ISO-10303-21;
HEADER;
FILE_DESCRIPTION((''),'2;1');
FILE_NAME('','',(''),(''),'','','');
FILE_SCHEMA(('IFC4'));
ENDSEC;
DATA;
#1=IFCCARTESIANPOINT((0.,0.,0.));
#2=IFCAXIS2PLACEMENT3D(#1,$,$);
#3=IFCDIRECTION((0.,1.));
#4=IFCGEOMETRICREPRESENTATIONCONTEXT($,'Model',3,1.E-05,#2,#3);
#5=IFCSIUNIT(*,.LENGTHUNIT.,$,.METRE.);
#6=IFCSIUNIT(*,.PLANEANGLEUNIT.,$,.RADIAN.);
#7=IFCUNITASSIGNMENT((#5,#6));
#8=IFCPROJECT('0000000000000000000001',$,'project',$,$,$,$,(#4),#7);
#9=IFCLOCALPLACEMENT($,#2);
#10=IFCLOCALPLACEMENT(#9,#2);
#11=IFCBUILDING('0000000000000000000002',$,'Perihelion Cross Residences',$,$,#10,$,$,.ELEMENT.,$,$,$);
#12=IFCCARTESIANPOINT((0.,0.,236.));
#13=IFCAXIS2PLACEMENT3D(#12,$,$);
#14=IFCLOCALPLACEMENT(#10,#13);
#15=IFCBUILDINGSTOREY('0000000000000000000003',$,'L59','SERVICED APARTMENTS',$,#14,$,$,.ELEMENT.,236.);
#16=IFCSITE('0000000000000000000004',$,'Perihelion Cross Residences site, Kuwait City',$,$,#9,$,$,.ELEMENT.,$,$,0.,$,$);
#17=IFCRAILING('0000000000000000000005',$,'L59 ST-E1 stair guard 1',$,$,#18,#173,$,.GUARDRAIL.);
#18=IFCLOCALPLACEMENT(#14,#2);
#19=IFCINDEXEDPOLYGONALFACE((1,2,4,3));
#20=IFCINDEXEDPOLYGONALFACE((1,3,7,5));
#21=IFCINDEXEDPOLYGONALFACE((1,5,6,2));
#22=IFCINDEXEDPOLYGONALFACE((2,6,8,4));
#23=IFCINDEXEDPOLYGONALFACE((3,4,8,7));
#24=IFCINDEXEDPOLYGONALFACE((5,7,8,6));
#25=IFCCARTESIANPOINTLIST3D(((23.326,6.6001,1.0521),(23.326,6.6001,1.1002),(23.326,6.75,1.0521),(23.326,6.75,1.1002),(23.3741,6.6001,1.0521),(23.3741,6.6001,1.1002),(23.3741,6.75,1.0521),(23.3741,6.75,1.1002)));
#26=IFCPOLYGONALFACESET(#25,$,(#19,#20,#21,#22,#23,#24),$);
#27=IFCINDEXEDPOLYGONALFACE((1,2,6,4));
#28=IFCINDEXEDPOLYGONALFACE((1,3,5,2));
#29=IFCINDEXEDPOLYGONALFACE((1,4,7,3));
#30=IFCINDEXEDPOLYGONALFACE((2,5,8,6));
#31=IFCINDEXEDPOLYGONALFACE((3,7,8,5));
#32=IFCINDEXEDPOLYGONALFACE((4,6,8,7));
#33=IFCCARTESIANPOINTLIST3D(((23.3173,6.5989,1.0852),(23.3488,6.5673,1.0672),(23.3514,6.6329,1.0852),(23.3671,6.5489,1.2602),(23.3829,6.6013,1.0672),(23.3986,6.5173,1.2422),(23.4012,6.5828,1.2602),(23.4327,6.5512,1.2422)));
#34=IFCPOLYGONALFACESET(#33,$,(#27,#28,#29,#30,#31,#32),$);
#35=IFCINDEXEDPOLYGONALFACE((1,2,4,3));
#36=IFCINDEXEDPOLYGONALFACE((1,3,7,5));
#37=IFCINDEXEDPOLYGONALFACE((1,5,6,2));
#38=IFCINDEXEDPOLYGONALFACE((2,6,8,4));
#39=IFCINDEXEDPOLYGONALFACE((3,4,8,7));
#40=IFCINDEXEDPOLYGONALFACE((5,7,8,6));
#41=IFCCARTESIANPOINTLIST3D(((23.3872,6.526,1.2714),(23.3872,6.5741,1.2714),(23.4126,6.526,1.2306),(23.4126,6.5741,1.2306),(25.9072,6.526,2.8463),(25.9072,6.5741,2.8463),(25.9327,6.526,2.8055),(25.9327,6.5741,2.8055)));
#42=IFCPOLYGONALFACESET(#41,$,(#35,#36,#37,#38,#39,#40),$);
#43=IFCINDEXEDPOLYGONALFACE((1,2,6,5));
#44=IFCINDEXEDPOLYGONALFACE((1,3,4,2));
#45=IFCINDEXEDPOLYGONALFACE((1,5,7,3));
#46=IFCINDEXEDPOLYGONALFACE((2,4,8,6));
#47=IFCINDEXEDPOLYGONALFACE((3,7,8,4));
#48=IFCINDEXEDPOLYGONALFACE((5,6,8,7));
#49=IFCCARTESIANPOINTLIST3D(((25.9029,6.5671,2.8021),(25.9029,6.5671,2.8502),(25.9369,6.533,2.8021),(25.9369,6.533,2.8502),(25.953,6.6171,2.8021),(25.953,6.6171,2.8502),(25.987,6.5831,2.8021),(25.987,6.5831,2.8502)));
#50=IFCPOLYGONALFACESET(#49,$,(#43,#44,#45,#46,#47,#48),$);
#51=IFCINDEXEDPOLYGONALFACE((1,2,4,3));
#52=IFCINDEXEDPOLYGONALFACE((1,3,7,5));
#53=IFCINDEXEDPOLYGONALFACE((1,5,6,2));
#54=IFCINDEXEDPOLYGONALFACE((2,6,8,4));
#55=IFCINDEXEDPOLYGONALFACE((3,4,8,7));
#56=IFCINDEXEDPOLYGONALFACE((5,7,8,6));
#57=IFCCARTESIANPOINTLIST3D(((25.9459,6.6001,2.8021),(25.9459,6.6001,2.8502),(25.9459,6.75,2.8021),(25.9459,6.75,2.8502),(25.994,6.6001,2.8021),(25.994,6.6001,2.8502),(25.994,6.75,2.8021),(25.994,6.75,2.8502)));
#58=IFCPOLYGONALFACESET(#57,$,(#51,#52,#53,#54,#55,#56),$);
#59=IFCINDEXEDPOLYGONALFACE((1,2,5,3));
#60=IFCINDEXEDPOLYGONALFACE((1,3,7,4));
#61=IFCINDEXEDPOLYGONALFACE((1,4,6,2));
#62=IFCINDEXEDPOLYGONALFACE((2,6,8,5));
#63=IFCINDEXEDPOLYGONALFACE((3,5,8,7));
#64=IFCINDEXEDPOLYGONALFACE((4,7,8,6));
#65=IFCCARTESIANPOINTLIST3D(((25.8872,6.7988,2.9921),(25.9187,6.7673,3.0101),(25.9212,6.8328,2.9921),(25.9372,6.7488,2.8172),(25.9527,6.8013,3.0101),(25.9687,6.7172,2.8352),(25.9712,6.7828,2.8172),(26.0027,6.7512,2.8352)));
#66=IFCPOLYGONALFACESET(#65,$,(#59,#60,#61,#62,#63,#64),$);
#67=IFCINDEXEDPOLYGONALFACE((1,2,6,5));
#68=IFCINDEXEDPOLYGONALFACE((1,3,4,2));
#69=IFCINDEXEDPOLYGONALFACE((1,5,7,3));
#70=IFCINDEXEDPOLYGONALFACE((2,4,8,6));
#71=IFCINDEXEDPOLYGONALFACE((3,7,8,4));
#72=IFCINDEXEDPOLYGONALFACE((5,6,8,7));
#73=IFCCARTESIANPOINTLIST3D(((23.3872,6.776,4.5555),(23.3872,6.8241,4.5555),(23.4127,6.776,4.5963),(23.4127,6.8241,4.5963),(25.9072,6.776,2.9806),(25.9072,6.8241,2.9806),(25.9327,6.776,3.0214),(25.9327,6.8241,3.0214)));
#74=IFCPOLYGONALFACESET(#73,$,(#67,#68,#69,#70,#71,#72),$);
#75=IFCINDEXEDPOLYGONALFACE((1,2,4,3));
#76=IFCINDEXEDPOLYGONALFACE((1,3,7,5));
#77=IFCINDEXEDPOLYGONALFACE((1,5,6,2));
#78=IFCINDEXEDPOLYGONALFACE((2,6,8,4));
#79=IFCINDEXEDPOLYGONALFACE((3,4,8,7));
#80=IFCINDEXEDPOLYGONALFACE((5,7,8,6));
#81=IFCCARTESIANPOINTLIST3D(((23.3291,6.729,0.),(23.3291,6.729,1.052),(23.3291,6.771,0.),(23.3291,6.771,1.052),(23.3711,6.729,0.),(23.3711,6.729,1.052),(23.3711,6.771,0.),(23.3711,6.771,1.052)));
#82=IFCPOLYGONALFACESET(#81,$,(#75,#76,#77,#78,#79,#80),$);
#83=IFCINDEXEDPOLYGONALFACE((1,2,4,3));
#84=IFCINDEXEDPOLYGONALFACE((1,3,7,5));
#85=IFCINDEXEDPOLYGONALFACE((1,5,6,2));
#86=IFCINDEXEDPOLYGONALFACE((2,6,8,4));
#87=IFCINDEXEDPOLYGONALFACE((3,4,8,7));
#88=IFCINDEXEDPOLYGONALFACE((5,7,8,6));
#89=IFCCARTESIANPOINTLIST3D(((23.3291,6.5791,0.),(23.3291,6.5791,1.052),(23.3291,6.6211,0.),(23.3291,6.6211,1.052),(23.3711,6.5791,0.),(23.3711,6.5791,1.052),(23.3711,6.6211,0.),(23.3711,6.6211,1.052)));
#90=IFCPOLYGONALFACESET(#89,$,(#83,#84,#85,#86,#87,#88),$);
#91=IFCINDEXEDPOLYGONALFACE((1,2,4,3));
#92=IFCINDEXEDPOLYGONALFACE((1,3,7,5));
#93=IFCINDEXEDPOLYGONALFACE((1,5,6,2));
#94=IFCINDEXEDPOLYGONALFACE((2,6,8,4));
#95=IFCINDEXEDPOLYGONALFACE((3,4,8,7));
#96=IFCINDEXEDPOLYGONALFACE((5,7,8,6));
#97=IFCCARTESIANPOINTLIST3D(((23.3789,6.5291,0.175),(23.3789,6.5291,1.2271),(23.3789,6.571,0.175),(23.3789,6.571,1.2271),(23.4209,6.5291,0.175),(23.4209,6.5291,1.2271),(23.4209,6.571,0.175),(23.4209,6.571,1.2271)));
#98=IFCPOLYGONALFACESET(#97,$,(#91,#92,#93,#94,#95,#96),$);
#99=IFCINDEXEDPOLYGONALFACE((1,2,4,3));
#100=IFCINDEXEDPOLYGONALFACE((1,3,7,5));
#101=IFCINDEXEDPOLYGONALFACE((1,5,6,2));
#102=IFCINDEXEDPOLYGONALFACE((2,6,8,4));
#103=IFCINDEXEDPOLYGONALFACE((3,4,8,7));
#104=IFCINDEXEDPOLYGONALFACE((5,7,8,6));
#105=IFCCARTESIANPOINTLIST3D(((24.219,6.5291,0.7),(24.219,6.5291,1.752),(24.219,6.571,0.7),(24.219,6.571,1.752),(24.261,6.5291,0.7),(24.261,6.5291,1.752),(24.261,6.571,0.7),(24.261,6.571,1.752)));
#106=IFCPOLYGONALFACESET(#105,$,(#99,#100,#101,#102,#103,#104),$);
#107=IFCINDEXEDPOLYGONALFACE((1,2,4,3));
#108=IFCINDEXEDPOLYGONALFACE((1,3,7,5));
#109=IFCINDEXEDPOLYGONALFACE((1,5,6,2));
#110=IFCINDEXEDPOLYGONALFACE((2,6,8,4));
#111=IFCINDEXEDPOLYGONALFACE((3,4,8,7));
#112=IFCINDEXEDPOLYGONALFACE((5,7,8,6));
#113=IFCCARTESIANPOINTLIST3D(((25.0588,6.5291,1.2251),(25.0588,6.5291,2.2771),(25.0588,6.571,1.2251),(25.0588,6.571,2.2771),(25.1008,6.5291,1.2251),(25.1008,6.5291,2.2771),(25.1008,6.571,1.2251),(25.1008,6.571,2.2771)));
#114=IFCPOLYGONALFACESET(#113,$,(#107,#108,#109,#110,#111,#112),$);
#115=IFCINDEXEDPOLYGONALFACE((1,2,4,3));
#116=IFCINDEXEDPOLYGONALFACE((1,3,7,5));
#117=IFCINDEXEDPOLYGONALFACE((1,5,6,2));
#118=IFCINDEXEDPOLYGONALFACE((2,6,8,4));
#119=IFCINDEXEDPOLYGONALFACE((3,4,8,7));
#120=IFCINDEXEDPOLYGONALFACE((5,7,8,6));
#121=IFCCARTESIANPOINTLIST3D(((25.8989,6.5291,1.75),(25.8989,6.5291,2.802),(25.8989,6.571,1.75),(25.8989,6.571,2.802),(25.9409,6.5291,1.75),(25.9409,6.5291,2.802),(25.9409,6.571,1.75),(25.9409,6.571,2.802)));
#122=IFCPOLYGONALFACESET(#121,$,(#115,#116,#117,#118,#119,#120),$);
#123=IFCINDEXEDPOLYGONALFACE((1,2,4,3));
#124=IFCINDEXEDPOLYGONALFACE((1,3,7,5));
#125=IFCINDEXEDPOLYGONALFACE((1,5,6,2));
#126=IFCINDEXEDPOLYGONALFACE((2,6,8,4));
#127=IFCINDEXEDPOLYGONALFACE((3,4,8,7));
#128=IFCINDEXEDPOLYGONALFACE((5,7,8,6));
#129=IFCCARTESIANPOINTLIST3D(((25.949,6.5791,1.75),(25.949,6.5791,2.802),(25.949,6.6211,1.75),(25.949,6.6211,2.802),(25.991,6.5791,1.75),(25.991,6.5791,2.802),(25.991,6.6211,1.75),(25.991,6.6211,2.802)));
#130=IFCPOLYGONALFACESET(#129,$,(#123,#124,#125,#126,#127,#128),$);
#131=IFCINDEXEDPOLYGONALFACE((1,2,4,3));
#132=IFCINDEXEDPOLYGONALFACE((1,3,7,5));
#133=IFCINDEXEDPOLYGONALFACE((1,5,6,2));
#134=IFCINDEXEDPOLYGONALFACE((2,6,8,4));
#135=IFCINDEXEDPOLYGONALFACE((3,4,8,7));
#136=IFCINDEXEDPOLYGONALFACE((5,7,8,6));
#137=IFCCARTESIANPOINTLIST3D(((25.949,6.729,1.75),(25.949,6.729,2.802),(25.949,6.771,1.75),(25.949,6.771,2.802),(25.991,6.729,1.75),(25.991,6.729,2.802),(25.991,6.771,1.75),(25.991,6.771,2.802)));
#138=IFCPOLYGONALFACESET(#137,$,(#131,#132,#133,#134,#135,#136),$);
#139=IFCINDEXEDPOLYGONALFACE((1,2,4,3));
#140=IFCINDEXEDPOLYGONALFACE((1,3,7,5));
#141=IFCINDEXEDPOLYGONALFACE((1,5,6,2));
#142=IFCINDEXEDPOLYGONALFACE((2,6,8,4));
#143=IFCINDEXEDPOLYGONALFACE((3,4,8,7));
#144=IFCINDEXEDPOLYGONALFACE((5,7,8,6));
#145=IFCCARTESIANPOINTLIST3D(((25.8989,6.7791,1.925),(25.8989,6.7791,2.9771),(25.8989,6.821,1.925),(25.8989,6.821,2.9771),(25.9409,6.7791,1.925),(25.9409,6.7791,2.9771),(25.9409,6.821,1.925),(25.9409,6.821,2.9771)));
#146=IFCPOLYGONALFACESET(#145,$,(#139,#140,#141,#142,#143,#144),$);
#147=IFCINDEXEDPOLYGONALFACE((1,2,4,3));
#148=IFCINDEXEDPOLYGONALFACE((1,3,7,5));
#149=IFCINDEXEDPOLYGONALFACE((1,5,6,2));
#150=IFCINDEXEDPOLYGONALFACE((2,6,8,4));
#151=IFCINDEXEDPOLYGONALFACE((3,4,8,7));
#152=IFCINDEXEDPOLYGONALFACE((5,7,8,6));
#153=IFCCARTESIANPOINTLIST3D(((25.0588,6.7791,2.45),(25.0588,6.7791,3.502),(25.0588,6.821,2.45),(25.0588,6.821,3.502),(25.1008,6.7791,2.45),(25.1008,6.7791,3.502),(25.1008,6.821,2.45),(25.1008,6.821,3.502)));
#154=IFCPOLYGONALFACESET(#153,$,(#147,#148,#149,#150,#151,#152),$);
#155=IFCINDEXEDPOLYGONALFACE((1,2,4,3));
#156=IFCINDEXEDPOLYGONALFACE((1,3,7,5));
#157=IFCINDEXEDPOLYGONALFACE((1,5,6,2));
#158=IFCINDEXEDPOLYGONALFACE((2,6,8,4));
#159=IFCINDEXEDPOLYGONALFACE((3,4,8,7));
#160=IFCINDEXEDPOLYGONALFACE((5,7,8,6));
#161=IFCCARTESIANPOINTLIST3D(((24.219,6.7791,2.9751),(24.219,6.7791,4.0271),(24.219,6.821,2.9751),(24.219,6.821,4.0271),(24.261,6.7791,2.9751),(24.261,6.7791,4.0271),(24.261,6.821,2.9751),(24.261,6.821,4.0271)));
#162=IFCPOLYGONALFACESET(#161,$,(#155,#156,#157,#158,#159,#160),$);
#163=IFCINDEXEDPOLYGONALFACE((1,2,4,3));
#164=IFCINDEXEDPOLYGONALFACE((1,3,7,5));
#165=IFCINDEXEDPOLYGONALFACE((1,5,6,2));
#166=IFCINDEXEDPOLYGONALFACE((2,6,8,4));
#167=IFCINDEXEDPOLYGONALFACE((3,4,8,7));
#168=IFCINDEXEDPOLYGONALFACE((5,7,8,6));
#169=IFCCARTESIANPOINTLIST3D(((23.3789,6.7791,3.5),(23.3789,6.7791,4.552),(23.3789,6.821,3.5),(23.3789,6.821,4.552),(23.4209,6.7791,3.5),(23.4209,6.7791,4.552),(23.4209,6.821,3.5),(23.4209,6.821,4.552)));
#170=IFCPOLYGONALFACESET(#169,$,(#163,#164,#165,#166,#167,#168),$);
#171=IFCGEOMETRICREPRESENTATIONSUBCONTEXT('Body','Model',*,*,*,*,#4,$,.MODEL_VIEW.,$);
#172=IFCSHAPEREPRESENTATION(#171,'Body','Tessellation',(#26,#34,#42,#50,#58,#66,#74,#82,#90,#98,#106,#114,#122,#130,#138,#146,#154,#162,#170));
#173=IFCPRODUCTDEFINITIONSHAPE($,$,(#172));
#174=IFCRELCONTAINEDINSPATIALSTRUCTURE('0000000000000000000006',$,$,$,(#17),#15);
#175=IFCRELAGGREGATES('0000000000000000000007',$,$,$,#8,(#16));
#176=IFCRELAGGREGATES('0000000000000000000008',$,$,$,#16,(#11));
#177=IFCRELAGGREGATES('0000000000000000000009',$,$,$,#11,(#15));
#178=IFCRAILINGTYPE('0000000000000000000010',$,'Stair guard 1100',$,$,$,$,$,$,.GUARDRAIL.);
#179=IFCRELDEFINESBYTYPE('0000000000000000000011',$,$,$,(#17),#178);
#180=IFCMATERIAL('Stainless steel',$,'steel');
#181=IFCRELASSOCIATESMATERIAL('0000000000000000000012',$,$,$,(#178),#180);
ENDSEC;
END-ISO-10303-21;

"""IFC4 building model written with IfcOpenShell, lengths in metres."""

from ifc_helpers import new_model, si_unit, direction, frame, origin, origin_2d, place, context, subcontext, project, spatial, rectangle, extrude, material, type_object, element, save


model = new_model("IFC4")

# Units and contexts
model_context = context("Model", 3, precision=1e-05, world=origin(), true_north=direction((0.0, 1.0)))
body_context = subcontext(model_context, "Body", "Model", "MODEL_VIEW")
ifc_project = project(units=[si_unit("LENGTHUNIT", "METRE"), si_unit("PLANEANGLEUNIT", "RADIAN")], contexts=[model_context])

# Site, building, storey
site_placement = place(None, origin())
site = spatial("IfcSite", under=ifc_project, at=site_placement, Name="Perihelion Cross Residences site, Kuwait City", CompositionType="ELEMENT", RefElevation=0.0)
building_placement = place(site_placement, origin())
building = spatial("IfcBuilding", under=site, at=building_placement, Name="Perihelion Cross Residences", CompositionType="ELEMENT")
storey_placement = place(building_placement, frame((0.0, 0.0, 236.0)))
storey = spatial("IfcBuildingStorey", under=building, at=storey_placement, Name="L59", Description="SERVICED APARTMENTS", CompositionType="ELEMENT", Elevation=236.0)

# Railing
ifc_material_1 = material(Name="Stainless steel", Category="steel")
railing_type_1 = type_object("IfcRailingType", Name="Stair guard 1100", PredefinedType="GUARDRAIL", material=ifc_material_1)
railing_1_placement = place(storey_placement, frame((23.3501, 6.75, 0.0)))
element("IfcRailing", 1, at=railing_1_placement, inside=storey, type_object=railing_type_1, Name="L59 ST-E1 stair guard 1", PredefinedType="GUARDRAIL", context=body_context, shape_type="SweptSolid", body=[
    extrude(rectangle(XDim=0.0481, YDim=0.0481, at=origin_2d()), frame((0.0, 0.0, 1.0762), z_axis=(0.0, -1.0, 0.0), x_axis=(1.0, 0.0, 0.0)), (0.0, 0.0, 1.0), 0.1499),
    extrude(rectangle(XDim=0.0481, YDim=0.0481, at=origin_2d()), frame((0.0, -0.1499, 1.0762), z_axis=(0.263862, -0.265156, 0.927399), x_axis=(0.708834, 0.705376, 0.0)), (0.0, 0.0, 1.0), 0.1887),
    extrude(rectangle(XDim=0.0481, YDim=0.0481, at=origin_2d()), frame((0.0498, -0.2, 1.251), z_axis=(0.848008, 0.0, 0.529984), x_axis=(0.0, 1.0, 0.0)), (0.0, 0.0, 1.0), 2.9717),
    extrude(rectangle(XDim=0.0481, YDim=0.0481, at=origin_2d()), frame((2.5698, -0.2, 2.8262), z_axis=(0.707107, 0.707107, 0.0), x_axis=(-0.707107, 0.707107, 0.0)), (0.0, 0.0, 1.0), 0.0708),
    extrude(rectangle(XDim=0.0481, YDim=0.0481, at=origin_2d()), frame((2.6199, -0.1499, 2.8262), z_axis=(0.0, 1.0, 0.0), x_axis=(-1.0, 0.0, 0.0)), (0.0, 0.0, 1.0), 0.1499),
    extrude(rectangle(XDim=0.0481, YDim=0.0481, at=origin_2d()), frame((2.6199, 0.0, 2.8262), z_axis=(-0.265065, 0.265065, 0.927082), x_axis=(-0.707107, -0.707107, 0.0)), (0.0, 0.0, 1.0), 0.1887),
    extrude(rectangle(XDim=0.0481, YDim=0.0481, at=origin_2d()), frame((2.5698, 0.05, 3.001), z_axis=(-0.848008, 0.0, 0.529984), x_axis=(0.0, -1.0, 0.0)), (0.0, 0.0, 1.0), 2.9717),
    extrude(rectangle(XDim=0.042, YDim=0.042, at=origin_2d()), origin(), (0.0, 0.0, 1.0), 1.052),
    extrude(rectangle(XDim=0.042, YDim=0.042, at=origin_2d()), frame((0.0, -0.1499, 0.0)), (0.0, 0.0, 1.0), 1.052),
    extrude(rectangle(XDim=0.042, YDim=0.042, at=origin_2d()), frame((0.0498, -0.2, 0.175)), (0.0, 0.0, 1.0), 1.052),
    extrude(rectangle(XDim=0.042, YDim=0.042, at=origin_2d()), frame((0.8899, -0.2, 0.7)), (0.0, 0.0, 1.0), 1.052),
    extrude(rectangle(XDim=0.042, YDim=0.042, at=origin_2d()), frame((1.7297, -0.2, 1.2251)), (0.0, 0.0, 1.0), 1.052),
    extrude(rectangle(XDim=0.042, YDim=0.042, at=origin_2d()), frame((2.5698, -0.2, 1.75)), (0.0, 0.0, 1.0), 1.052),
    extrude(rectangle(XDim=0.042, YDim=0.042, at=origin_2d()), frame((2.6199, -0.1499, 1.75)), (0.0, 0.0, 1.0), 1.052),
    extrude(rectangle(XDim=0.042, YDim=0.042, at=origin_2d()), frame((2.6199, 0.0, 1.75)), (0.0, 0.0, 1.0), 1.052),
    extrude(rectangle(XDim=0.042, YDim=0.042, at=origin_2d()), frame((2.5698, 0.05, 1.925)), (0.0, 0.0, 1.0), 1.052),
    extrude(rectangle(XDim=0.042, YDim=0.042, at=origin_2d()), frame((1.7297, 0.05, 2.45)), (0.0, 0.0, 1.0), 1.052),
    extrude(rectangle(XDim=0.042, YDim=0.042, at=origin_2d()), frame((0.8899, 0.05, 2.9751)), (0.0, 0.0, 1.0), 1.052),
    extrude(rectangle(XDim=0.042, YDim=0.042, at=origin_2d()), frame((0.0498, 0.05, 3.5)), (0.0, 0.0, 1.0), 1.052),
])

save(model, "model.ifc")
